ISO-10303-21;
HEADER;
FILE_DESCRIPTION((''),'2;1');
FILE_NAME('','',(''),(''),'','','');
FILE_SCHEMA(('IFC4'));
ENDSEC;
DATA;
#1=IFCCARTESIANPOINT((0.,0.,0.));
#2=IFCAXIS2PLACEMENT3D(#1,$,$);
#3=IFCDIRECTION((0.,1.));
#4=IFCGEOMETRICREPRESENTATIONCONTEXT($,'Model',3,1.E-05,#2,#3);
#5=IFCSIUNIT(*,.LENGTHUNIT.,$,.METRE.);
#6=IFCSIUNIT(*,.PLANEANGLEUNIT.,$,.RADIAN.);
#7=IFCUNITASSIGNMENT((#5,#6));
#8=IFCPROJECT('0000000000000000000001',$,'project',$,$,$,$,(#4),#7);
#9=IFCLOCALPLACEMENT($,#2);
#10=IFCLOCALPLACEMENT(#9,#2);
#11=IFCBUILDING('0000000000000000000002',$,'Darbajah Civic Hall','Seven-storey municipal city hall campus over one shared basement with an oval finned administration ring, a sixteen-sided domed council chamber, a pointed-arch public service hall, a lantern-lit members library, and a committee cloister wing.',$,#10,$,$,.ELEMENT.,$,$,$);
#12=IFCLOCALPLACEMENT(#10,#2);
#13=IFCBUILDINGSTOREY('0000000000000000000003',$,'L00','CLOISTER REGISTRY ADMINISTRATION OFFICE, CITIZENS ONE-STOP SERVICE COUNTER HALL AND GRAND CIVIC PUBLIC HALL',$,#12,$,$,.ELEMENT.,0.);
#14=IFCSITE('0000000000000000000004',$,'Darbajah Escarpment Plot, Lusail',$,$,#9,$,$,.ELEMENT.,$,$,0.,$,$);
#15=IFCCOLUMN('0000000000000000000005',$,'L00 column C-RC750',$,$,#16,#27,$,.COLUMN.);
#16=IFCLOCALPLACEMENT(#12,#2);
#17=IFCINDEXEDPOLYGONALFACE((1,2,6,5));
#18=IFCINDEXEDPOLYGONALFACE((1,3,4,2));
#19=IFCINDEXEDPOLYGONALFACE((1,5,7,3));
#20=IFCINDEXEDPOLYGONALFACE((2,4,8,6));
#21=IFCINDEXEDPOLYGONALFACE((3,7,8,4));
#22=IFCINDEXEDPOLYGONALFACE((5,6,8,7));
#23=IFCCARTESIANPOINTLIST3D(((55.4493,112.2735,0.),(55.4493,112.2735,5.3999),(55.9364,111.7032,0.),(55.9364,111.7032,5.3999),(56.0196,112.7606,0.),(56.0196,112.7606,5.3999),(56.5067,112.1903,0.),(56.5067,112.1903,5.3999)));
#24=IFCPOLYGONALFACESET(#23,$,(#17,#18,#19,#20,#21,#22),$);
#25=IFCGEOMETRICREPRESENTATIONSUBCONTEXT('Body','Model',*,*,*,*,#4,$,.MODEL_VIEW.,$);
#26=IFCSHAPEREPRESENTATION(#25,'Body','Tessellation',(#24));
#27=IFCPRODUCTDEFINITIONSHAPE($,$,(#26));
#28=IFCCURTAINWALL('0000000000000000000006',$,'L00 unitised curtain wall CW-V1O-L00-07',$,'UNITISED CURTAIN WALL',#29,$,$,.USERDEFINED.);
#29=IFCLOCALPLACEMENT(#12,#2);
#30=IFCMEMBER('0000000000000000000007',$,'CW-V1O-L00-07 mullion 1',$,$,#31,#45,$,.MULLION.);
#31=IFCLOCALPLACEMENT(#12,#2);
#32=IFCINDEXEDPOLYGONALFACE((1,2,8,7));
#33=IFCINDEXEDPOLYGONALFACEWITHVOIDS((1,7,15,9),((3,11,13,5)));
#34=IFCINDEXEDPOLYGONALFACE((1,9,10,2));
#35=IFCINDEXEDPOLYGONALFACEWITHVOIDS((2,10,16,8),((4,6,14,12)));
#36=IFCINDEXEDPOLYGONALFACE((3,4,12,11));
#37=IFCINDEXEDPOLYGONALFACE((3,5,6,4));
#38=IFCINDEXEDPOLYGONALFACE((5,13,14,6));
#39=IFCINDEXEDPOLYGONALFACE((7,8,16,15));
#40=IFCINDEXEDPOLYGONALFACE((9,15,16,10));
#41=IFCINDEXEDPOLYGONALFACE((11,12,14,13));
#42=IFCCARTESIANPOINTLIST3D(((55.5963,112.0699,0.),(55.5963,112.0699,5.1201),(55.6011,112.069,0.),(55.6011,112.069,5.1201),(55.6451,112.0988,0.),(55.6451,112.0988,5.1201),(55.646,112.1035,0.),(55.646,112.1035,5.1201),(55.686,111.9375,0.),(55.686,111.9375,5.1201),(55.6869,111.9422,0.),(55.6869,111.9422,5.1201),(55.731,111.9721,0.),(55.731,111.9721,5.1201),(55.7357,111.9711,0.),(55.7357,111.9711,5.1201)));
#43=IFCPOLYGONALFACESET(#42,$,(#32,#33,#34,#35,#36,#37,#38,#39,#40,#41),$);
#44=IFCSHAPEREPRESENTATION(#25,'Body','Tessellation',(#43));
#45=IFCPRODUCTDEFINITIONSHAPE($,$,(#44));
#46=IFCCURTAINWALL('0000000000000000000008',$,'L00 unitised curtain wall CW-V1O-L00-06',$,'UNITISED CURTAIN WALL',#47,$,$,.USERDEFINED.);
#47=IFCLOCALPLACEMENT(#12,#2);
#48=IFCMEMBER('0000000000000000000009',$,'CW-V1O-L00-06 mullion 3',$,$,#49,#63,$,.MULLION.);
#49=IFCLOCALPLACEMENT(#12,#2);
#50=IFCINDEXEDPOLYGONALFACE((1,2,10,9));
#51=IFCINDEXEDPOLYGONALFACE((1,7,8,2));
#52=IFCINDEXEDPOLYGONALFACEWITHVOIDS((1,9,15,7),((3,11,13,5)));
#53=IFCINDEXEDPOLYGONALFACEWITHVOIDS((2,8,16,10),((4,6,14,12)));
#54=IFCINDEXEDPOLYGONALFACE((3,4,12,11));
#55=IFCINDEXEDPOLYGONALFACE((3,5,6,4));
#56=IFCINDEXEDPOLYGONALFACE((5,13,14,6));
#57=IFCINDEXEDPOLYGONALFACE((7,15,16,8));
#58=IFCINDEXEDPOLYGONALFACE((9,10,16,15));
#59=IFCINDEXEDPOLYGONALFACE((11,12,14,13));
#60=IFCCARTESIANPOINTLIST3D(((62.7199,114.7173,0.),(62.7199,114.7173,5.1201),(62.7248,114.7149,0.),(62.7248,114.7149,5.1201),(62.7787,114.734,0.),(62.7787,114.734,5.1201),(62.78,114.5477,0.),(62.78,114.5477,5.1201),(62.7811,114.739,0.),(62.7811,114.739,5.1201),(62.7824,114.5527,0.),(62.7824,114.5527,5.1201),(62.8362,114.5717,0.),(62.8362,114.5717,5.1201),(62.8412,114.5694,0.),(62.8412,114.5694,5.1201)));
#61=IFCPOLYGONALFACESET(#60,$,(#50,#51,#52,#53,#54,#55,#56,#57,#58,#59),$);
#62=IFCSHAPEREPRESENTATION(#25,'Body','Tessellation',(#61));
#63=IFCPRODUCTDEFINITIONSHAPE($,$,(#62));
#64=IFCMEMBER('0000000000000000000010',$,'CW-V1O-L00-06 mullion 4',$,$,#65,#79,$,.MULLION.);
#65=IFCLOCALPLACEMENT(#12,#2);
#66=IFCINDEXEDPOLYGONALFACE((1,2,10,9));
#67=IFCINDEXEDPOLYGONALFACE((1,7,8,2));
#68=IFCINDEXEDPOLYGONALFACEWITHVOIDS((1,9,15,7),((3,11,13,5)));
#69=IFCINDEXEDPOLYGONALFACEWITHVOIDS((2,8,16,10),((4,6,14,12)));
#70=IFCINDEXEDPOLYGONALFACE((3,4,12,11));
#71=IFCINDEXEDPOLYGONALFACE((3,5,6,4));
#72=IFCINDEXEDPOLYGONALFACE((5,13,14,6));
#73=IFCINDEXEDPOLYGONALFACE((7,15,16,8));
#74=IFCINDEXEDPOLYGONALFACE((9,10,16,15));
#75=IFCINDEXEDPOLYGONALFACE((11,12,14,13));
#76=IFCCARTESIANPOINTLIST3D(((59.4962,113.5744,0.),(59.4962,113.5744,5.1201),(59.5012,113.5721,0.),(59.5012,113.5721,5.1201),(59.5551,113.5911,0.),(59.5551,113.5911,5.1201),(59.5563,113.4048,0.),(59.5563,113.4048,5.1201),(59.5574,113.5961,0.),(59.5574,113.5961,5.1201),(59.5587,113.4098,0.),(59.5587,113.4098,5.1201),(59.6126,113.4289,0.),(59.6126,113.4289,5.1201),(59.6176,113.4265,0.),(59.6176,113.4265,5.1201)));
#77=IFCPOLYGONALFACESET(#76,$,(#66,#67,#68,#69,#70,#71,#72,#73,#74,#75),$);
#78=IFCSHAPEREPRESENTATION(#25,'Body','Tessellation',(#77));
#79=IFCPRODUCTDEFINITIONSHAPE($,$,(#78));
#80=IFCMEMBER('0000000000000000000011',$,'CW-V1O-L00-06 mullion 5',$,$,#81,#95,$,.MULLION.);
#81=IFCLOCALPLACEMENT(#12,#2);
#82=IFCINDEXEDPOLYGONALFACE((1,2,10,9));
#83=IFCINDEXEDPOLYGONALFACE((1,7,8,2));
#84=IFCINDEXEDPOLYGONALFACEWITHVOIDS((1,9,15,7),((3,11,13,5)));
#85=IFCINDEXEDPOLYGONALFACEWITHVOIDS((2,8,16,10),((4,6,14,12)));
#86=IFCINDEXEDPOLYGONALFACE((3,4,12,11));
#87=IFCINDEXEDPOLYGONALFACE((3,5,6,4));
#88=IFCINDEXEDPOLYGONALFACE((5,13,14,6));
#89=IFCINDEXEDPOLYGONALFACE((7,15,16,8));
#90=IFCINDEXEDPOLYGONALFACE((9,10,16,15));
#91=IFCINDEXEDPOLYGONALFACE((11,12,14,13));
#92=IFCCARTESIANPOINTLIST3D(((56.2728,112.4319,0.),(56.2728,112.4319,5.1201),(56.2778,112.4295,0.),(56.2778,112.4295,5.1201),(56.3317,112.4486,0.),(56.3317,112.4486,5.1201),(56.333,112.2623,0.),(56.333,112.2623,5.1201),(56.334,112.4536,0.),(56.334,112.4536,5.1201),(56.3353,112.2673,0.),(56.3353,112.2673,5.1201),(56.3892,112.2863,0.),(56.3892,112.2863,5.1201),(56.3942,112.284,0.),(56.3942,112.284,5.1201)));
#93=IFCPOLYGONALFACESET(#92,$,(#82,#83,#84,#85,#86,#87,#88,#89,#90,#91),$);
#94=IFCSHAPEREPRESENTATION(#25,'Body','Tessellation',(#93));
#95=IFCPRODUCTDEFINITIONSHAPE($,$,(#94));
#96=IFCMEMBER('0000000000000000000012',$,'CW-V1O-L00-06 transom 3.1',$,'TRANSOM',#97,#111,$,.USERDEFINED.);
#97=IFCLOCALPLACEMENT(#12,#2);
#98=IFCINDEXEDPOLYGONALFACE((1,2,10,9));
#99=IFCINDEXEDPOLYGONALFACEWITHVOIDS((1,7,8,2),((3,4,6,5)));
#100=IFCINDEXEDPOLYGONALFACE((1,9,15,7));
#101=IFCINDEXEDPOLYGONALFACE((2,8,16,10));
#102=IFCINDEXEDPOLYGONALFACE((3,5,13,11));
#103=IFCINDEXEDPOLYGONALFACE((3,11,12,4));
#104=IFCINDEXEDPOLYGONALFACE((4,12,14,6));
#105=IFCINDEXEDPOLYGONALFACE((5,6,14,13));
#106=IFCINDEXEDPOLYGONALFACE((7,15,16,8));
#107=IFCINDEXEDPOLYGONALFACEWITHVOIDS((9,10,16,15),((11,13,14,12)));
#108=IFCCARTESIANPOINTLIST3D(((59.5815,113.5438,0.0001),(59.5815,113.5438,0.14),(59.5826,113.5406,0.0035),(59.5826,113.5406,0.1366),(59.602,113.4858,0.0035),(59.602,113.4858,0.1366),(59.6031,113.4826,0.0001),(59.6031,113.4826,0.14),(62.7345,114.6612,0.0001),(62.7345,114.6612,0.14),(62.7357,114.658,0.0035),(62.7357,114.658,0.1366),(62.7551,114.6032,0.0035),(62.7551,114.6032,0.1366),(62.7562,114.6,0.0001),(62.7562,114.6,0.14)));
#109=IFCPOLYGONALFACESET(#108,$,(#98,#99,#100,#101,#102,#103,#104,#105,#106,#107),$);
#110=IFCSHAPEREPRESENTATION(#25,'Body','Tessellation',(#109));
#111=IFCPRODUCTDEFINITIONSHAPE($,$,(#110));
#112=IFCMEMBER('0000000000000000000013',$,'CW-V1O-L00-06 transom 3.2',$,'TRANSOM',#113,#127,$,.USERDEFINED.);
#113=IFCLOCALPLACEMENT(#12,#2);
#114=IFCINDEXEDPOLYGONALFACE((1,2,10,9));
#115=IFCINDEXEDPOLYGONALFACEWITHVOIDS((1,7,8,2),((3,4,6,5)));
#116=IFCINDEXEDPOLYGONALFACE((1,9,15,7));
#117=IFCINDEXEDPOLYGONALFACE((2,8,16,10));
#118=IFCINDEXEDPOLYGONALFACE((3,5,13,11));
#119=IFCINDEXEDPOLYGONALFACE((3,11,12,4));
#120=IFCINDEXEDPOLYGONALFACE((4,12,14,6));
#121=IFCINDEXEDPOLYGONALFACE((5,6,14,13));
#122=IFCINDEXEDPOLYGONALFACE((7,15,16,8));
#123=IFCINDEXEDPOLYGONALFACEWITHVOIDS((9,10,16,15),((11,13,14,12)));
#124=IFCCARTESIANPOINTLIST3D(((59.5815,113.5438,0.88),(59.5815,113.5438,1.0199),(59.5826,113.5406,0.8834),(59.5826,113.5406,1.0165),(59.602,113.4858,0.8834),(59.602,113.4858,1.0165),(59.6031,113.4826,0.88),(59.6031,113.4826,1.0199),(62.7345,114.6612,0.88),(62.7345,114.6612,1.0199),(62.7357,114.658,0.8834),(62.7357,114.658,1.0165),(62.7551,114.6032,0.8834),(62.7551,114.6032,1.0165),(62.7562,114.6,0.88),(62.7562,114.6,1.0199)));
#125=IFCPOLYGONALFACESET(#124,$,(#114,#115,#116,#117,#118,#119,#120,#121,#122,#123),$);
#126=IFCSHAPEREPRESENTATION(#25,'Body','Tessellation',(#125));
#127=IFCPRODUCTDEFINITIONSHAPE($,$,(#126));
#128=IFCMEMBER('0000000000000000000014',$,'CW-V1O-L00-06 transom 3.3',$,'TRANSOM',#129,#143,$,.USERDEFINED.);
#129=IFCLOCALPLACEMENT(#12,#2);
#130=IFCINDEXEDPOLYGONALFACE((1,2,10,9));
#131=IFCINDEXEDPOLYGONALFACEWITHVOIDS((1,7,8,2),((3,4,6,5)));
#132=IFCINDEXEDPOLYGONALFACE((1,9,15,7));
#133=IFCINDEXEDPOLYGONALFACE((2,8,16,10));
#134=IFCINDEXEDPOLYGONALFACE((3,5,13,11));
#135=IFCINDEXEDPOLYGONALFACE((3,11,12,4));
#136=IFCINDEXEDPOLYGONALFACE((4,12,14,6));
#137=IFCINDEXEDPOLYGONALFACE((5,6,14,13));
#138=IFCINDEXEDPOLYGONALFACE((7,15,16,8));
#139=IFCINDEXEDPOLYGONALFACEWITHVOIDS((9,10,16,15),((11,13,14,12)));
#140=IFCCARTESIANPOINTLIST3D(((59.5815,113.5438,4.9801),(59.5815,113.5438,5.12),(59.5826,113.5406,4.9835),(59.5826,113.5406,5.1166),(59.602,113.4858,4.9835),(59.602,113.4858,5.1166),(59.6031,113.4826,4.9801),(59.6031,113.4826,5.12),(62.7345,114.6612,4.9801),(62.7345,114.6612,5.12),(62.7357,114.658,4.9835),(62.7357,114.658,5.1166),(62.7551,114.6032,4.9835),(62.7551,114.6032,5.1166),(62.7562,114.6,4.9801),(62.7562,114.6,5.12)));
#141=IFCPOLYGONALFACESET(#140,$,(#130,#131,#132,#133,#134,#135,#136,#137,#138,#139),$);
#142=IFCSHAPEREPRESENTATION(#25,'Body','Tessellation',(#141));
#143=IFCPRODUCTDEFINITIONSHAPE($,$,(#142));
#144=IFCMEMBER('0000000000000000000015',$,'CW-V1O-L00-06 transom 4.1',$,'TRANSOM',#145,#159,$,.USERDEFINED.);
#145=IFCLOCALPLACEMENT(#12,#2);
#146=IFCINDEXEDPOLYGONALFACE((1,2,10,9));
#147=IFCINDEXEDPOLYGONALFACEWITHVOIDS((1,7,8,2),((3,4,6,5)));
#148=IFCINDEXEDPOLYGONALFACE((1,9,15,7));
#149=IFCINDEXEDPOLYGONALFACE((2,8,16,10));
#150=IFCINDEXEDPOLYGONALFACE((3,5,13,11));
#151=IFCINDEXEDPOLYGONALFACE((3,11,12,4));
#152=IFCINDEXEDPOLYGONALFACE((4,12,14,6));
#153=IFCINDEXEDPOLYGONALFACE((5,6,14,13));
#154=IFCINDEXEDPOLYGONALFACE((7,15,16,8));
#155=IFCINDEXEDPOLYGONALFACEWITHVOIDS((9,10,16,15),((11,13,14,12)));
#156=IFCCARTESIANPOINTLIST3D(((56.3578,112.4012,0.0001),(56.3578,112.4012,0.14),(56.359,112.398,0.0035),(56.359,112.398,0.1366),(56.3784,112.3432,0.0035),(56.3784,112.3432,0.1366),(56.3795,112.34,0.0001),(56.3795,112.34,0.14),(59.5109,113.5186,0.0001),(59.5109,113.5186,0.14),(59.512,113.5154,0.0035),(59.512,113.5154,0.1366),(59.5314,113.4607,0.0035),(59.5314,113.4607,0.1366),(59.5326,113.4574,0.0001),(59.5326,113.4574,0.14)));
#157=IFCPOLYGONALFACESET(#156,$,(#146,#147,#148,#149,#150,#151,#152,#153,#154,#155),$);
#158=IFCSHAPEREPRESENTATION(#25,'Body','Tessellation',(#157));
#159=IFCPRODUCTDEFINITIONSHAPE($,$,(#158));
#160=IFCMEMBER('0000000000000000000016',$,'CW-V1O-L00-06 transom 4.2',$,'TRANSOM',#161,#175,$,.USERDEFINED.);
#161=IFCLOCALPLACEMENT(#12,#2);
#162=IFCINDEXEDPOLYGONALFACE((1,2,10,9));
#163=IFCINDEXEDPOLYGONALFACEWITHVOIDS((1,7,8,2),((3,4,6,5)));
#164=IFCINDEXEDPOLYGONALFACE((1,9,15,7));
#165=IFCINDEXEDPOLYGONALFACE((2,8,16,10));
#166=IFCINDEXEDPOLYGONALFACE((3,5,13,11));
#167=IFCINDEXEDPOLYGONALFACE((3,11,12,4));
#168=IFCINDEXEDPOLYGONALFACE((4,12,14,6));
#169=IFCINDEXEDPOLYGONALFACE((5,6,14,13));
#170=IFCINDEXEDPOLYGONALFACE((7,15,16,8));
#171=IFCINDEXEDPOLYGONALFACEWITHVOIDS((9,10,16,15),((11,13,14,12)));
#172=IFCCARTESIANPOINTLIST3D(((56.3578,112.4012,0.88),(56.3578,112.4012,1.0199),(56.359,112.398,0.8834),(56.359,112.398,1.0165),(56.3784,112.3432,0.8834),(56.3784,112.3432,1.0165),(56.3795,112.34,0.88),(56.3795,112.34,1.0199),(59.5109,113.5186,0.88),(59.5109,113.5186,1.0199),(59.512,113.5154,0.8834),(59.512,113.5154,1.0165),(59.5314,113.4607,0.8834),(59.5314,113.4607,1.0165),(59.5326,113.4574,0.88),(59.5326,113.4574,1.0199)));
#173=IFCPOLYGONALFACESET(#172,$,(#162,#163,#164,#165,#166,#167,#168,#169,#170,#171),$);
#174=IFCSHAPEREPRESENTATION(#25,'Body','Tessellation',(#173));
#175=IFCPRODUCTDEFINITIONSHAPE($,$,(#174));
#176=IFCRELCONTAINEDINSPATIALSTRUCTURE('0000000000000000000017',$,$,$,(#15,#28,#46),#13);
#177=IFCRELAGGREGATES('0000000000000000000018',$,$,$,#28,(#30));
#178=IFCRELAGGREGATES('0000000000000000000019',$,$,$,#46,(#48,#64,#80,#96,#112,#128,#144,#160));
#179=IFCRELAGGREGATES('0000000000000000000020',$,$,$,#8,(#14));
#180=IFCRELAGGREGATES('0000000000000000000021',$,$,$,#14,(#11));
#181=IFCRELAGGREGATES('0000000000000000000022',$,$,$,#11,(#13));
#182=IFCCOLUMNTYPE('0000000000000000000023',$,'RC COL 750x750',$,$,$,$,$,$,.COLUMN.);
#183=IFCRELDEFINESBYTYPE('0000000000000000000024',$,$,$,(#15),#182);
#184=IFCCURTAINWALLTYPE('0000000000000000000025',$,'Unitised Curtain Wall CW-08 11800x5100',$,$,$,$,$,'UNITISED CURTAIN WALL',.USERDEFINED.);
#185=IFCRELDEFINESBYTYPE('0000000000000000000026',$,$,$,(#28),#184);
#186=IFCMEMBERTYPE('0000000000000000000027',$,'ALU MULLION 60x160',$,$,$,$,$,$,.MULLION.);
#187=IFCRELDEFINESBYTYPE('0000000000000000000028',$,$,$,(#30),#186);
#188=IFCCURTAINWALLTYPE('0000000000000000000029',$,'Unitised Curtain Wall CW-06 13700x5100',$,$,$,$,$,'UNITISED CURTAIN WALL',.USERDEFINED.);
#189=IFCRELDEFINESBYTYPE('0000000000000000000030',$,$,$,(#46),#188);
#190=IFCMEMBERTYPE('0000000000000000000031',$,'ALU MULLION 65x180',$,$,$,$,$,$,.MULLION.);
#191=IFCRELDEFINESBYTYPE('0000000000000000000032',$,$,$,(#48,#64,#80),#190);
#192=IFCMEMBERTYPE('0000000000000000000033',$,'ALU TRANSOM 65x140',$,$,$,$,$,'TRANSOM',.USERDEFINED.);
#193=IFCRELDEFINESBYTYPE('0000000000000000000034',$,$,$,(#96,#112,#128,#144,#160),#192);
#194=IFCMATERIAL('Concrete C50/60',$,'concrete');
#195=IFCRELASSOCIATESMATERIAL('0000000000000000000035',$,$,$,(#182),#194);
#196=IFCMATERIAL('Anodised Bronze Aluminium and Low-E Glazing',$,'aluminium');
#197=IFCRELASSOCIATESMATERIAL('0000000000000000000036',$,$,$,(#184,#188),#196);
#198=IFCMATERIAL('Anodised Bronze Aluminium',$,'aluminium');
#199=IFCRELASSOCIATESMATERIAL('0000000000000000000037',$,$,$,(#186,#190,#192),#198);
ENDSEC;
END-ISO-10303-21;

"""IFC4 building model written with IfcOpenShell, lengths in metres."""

from ifc_helpers import new_model, si_unit, direction, frame, origin, origin_2d, place, context, subcontext, project, spatial, rectangle, hollow_rectangle, extrude, material, material_profile, profile_set, type_object, element, aggregate, save


model = new_model("IFC4")

# Units and contexts
model_context = context("Model", 3, precision=1e-05, world=origin(), true_north=direction((0.0, 1.0)))
body_context = subcontext(model_context, "Body", "Model", "MODEL_VIEW")
ifc_project = project(units=[si_unit("LENGTHUNIT", "METRE"), si_unit("PLANEANGLEUNIT", "RADIAN")], contexts=[model_context])

# Site, building, storey
site_placement = place(None, origin())
site = spatial("IfcSite", under=ifc_project, at=site_placement, Name="Darbajah Escarpment Plot, Lusail", CompositionType="ELEMENT", RefElevation=0.0)
building_placement = place(site_placement, origin())
building = spatial("IfcBuilding", under=site, at=building_placement, Name="Darbajah Civic Hall", Description="Seven-storey municipal city hall campus over one shared basement with an oval finned administration ring, a sixteen-sided domed council chamber, a pointed-arch public service hall, a lantern-lit members library, and a committee cloister wing.", CompositionType="ELEMENT")
storey_placement = place(building_placement, origin())
storey = spatial("IfcBuildingStorey", under=building, at=storey_placement, Name="L00", Description="CLOISTER REGISTRY ADMINISTRATION OFFICE, CITIZENS ONE-STOP SERVICE COUNTER HALL AND GRAND CIVIC PUBLIC HALL", CompositionType="ELEMENT", Elevation=0.0)

# Column
ifc_material_1 = material(Name="Concrete C50/60", Category="concrete")
ifc_material_profile_1 = material_profile(ifc_material_1, rectangle(XDim=0.75, YDim=0.75, at=origin_2d()), Name="RC COL 750x750")
ifc_profile_set_1 = profile_set([ifc_material_profile_1], Name="Concrete C50/60")
column_type = type_object("IfcColumnType", Name="RC COL 750x750", PredefinedType="COLUMN", material=ifc_profile_set_1)
column_placement = place(storey_placement, frame((55.978, 112.2319, 0.0), z_axis=(0.0, 0.0, 1.0), x_axis=(-0.649448, 0.760406, 0.0)))
element("IfcColumn", 1, at=column_placement, inside=storey, type_object=column_type, Name="L00 column C-RC750", PredefinedType="COLUMN", context=body_context, shape_type="SweptSolid", body=[
    extrude(rectangle(XDim=0.75, YDim=0.75, at=origin_2d()), origin(), (0.0, 0.0, 1.0), 5.3999),
])

# Curtain wall, member
ifc_material_2 = material(Name="Anodised Bronze Aluminium and Low-E Glazing", Category="aluminium")
curtain_wall_type_1 = type_object("IfcCurtainWallType", Name="Unitised Curtain Wall CW-08 11800x5100", ElementType="UNITISED CURTAIN WALL", PredefinedType="USERDEFINED", material=ifc_material_2)
curtain_wall_1_placement = place(storey_placement, origin())
curtain_wall_1 = element("IfcCurtainWall", 2, at=curtain_wall_1_placement, inside=storey, type_object=curtain_wall_type_1, Name="L00 unitised curtain wall CW-V1O-L00-07", ObjectType="UNITISED CURTAIN WALL", PredefinedType="USERDEFINED")
ifc_material_3 = material(Name="Anodised Bronze Aluminium", Category="aluminium")
ifc_material_profile_2 = material_profile(ifc_material_3, hollow_rectangle(XDim=0.0601, YDim=0.1599, WallThickness=0.0034, at=origin_2d()), Name="ALU MULLION 60x160")
ifc_profile_set_2 = profile_set([ifc_material_profile_2], Name="Anodised Bronze Aluminium")
member_type_1 = type_object("IfcMemberType", Name="ALU MULLION 60x160", PredefinedType="MULLION", material=ifc_profile_set_2)
member_1_placement = place(storey_placement, frame((55.666, 112.0205, 0.0), z_axis=(0.0, 0.0, 1.0), x_axis=(-0.827962, -0.560784, 0.0)))
member_1 = element("IfcMember", 3, at=member_1_placement, type_object=member_type_1, Name="CW-V1O-L00-07 mullion 1", PredefinedType="MULLION", context=body_context, shape_type="SweptSolid", body=[
    extrude(hollow_rectangle(XDim=0.0601, YDim=0.1599, WallThickness=0.0034, at=origin_2d()), origin(), (0.0, 0.0, 1.0), 5.1201),
])
aggregate(curtain_wall_1, [member_1])

# Curtain wall, members
curtain_wall_type_2 = type_object("IfcCurtainWallType", Name="Unitised Curtain Wall CW-06 13700x5100", ElementType="UNITISED CURTAIN WALL", PredefinedType="USERDEFINED", material=ifc_material_2)
curtain_wall_2_placement = place(storey_placement, origin())
curtain_wall_2 = element("IfcCurtainWall", 4, at=curtain_wall_2_placement, inside=storey, type_object=curtain_wall_type_2, Name="L00 unitised curtain wall CW-V1O-L00-06", ObjectType="UNITISED CURTAIN WALL", PredefinedType="USERDEFINED")
ifc_material_profile_3 = material_profile(ifc_material_3, hollow_rectangle(XDim=0.0649, YDim=0.1799, WallThickness=0.0039, at=origin_2d()), Name="ALU MULLION 65x180")
ifc_profile_set_3 = profile_set([ifc_material_profile_3], Name="Anodised Bronze Aluminium")
member_type_2 = type_object("IfcMemberType", Name="ALU MULLION 65x180", PredefinedType="MULLION", material=ifc_profile_set_3)
member_2_placement = place(storey_placement, frame((62.7805, 114.6433, 0.0), z_axis=(0.0, 0.0, 1.0), x_axis=(-0.942525, -0.334136, 0.0)))
member_2 = element("IfcMember", 5, at=member_2_placement, type_object=member_type_2, Name="CW-V1O-L00-06 mullion 3", PredefinedType="MULLION", context=body_context, shape_type="SweptSolid", body=[
    extrude(hollow_rectangle(XDim=0.0649, YDim=0.1799, WallThickness=0.0039, at=origin_2d()), origin(), (0.0, 0.0, 1.0), 5.1201),
])
member_3_placement = place(storey_placement, frame((59.5569, 113.5005, 0.0), z_axis=(0.0, 0.0, 1.0), x_axis=(-0.942525, -0.334136, 0.0)))
member_3 = element("IfcMember", 6, at=member_3_placement, type_object=member_type_2, Name="CW-V1O-L00-06 mullion 4", PredefinedType="MULLION", context=body_context, shape_type="SweptSolid", body=[
    extrude(hollow_rectangle(XDim=0.0649, YDim=0.1799, WallThickness=0.0039, at=origin_2d()), origin(), (0.0, 0.0, 1.0), 5.1201),
])
member_4_placement = place(storey_placement, frame((56.3335, 112.3579, 0.0), z_axis=(0.0, 0.0, 1.0), x_axis=(-0.942525, -0.334136, 0.0)))
member_4 = element("IfcMember", 7, at=member_4_placement, type_object=member_type_2, Name="CW-V1O-L00-06 mullion 5", PredefinedType="MULLION", context=body_context, shape_type="SweptSolid", body=[
    extrude(hollow_rectangle(XDim=0.0649, YDim=0.1799, WallThickness=0.0039, at=origin_2d()), origin(), (0.0, 0.0, 1.0), 5.1201),
])
ifc_material_profile_4 = material_profile(ifc_material_3, hollow_rectangle(XDim=0.0649, YDim=0.1399, WallThickness=0.0034, at=origin_2d()), Name="ALU TRANSOM 65x140")
ifc_profile_set_4 = profile_set([ifc_material_profile_4], Name="Anodised Bronze Aluminium")
member_type_3 = type_object("IfcMemberType", Name="ALU TRANSOM 65x140", ElementType="TRANSOM", PredefinedType="USERDEFINED", material=ifc_profile_set_4)
member_5_placement = place(storey_placement, frame((62.7454, 114.6306, 0.0701), z_axis=(-0.94256, -0.334038, 0.0), x_axis=(0.334038, -0.94256, 0.0)))
member_5 = element("IfcMember", 8, at=member_5_placement, type_object=member_type_3, Name="CW-V1O-L00-06 transom 3.1", ObjectType="TRANSOM", PredefinedType="USERDEFINED", context=body_context, shape_type="SweptSolid", body=[
    extrude(hollow_rectangle(XDim=0.0649, YDim=0.1399, WallThickness=0.0034, at=origin_2d()), origin(), (0.0, 0.0, 1.0), 3.3452),
])
member_6_placement = place(storey_placement, frame((62.7454, 114.6306, 0.95), z_axis=(-0.94256, -0.334038, 0.0), x_axis=(0.334038, -0.94256, 0.0)))
member_6 = element("IfcMember", 9, at=member_6_placement, type_object=member_type_3, Name="CW-V1O-L00-06 transom 3.2", ObjectType="TRANSOM", PredefinedType="USERDEFINED", context=body_context, shape_type="SweptSolid", body=[
    extrude(hollow_rectangle(XDim=0.0649, YDim=0.1399, WallThickness=0.0034, at=origin_2d()), origin(), (0.0, 0.0, 1.0), 3.3452),
])
member_7_placement = place(storey_placement, frame((62.7454, 114.6306, 5.05), z_axis=(-0.94256, -0.334038, 0.0), x_axis=(0.334038, -0.94256, 0.0)))
member_7 = element("IfcMember", 10, at=member_7_placement, type_object=member_type_3, Name="CW-V1O-L00-06 transom 3.3", ObjectType="TRANSOM", PredefinedType="USERDEFINED", context=body_context, shape_type="SweptSolid", body=[
    extrude(hollow_rectangle(XDim=0.0649, YDim=0.1399, WallThickness=0.0034, at=origin_2d()), origin(), (0.0, 0.0, 1.0), 3.3452),
])
member_8_placement = place(storey_placement, frame((59.5217, 113.488, 0.0701), z_axis=(-0.94256, -0.334038, 0.0), x_axis=(0.334038, -0.94256, 0.0)))
member_8 = element("IfcMember", 11, at=member_8_placement, type_object=member_type_3, Name="CW-V1O-L00-06 transom 4.1", ObjectType="TRANSOM", PredefinedType="USERDEFINED", context=body_context, shape_type="SweptSolid", body=[
    extrude(hollow_rectangle(XDim=0.0649, YDim=0.1399, WallThickness=0.0034, at=origin_2d()), origin(), (0.0, 0.0, 1.0), 3.3452),
])
member_9_placement = place(storey_placement, frame((59.5217, 113.488, 0.95), z_axis=(-0.94256, -0.334038, 0.0), x_axis=(0.334038, -0.94256, 0.0)))
member_9 = element("IfcMember", 12, at=member_9_placement, type_object=member_type_3, Name="CW-V1O-L00-06 transom 4.2", ObjectType="TRANSOM", PredefinedType="USERDEFINED", context=body_context, shape_type="SweptSolid", body=[
    extrude(hollow_rectangle(XDim=0.0649, YDim=0.1399, WallThickness=0.0034, at=origin_2d()), origin(), (0.0, 0.0, 1.0), 3.3452),
])

aggregate(curtain_wall_2, [member_2, member_3, member_4, member_5, member_6, member_7, member_8, member_9])

save(model, "model.ifc")
